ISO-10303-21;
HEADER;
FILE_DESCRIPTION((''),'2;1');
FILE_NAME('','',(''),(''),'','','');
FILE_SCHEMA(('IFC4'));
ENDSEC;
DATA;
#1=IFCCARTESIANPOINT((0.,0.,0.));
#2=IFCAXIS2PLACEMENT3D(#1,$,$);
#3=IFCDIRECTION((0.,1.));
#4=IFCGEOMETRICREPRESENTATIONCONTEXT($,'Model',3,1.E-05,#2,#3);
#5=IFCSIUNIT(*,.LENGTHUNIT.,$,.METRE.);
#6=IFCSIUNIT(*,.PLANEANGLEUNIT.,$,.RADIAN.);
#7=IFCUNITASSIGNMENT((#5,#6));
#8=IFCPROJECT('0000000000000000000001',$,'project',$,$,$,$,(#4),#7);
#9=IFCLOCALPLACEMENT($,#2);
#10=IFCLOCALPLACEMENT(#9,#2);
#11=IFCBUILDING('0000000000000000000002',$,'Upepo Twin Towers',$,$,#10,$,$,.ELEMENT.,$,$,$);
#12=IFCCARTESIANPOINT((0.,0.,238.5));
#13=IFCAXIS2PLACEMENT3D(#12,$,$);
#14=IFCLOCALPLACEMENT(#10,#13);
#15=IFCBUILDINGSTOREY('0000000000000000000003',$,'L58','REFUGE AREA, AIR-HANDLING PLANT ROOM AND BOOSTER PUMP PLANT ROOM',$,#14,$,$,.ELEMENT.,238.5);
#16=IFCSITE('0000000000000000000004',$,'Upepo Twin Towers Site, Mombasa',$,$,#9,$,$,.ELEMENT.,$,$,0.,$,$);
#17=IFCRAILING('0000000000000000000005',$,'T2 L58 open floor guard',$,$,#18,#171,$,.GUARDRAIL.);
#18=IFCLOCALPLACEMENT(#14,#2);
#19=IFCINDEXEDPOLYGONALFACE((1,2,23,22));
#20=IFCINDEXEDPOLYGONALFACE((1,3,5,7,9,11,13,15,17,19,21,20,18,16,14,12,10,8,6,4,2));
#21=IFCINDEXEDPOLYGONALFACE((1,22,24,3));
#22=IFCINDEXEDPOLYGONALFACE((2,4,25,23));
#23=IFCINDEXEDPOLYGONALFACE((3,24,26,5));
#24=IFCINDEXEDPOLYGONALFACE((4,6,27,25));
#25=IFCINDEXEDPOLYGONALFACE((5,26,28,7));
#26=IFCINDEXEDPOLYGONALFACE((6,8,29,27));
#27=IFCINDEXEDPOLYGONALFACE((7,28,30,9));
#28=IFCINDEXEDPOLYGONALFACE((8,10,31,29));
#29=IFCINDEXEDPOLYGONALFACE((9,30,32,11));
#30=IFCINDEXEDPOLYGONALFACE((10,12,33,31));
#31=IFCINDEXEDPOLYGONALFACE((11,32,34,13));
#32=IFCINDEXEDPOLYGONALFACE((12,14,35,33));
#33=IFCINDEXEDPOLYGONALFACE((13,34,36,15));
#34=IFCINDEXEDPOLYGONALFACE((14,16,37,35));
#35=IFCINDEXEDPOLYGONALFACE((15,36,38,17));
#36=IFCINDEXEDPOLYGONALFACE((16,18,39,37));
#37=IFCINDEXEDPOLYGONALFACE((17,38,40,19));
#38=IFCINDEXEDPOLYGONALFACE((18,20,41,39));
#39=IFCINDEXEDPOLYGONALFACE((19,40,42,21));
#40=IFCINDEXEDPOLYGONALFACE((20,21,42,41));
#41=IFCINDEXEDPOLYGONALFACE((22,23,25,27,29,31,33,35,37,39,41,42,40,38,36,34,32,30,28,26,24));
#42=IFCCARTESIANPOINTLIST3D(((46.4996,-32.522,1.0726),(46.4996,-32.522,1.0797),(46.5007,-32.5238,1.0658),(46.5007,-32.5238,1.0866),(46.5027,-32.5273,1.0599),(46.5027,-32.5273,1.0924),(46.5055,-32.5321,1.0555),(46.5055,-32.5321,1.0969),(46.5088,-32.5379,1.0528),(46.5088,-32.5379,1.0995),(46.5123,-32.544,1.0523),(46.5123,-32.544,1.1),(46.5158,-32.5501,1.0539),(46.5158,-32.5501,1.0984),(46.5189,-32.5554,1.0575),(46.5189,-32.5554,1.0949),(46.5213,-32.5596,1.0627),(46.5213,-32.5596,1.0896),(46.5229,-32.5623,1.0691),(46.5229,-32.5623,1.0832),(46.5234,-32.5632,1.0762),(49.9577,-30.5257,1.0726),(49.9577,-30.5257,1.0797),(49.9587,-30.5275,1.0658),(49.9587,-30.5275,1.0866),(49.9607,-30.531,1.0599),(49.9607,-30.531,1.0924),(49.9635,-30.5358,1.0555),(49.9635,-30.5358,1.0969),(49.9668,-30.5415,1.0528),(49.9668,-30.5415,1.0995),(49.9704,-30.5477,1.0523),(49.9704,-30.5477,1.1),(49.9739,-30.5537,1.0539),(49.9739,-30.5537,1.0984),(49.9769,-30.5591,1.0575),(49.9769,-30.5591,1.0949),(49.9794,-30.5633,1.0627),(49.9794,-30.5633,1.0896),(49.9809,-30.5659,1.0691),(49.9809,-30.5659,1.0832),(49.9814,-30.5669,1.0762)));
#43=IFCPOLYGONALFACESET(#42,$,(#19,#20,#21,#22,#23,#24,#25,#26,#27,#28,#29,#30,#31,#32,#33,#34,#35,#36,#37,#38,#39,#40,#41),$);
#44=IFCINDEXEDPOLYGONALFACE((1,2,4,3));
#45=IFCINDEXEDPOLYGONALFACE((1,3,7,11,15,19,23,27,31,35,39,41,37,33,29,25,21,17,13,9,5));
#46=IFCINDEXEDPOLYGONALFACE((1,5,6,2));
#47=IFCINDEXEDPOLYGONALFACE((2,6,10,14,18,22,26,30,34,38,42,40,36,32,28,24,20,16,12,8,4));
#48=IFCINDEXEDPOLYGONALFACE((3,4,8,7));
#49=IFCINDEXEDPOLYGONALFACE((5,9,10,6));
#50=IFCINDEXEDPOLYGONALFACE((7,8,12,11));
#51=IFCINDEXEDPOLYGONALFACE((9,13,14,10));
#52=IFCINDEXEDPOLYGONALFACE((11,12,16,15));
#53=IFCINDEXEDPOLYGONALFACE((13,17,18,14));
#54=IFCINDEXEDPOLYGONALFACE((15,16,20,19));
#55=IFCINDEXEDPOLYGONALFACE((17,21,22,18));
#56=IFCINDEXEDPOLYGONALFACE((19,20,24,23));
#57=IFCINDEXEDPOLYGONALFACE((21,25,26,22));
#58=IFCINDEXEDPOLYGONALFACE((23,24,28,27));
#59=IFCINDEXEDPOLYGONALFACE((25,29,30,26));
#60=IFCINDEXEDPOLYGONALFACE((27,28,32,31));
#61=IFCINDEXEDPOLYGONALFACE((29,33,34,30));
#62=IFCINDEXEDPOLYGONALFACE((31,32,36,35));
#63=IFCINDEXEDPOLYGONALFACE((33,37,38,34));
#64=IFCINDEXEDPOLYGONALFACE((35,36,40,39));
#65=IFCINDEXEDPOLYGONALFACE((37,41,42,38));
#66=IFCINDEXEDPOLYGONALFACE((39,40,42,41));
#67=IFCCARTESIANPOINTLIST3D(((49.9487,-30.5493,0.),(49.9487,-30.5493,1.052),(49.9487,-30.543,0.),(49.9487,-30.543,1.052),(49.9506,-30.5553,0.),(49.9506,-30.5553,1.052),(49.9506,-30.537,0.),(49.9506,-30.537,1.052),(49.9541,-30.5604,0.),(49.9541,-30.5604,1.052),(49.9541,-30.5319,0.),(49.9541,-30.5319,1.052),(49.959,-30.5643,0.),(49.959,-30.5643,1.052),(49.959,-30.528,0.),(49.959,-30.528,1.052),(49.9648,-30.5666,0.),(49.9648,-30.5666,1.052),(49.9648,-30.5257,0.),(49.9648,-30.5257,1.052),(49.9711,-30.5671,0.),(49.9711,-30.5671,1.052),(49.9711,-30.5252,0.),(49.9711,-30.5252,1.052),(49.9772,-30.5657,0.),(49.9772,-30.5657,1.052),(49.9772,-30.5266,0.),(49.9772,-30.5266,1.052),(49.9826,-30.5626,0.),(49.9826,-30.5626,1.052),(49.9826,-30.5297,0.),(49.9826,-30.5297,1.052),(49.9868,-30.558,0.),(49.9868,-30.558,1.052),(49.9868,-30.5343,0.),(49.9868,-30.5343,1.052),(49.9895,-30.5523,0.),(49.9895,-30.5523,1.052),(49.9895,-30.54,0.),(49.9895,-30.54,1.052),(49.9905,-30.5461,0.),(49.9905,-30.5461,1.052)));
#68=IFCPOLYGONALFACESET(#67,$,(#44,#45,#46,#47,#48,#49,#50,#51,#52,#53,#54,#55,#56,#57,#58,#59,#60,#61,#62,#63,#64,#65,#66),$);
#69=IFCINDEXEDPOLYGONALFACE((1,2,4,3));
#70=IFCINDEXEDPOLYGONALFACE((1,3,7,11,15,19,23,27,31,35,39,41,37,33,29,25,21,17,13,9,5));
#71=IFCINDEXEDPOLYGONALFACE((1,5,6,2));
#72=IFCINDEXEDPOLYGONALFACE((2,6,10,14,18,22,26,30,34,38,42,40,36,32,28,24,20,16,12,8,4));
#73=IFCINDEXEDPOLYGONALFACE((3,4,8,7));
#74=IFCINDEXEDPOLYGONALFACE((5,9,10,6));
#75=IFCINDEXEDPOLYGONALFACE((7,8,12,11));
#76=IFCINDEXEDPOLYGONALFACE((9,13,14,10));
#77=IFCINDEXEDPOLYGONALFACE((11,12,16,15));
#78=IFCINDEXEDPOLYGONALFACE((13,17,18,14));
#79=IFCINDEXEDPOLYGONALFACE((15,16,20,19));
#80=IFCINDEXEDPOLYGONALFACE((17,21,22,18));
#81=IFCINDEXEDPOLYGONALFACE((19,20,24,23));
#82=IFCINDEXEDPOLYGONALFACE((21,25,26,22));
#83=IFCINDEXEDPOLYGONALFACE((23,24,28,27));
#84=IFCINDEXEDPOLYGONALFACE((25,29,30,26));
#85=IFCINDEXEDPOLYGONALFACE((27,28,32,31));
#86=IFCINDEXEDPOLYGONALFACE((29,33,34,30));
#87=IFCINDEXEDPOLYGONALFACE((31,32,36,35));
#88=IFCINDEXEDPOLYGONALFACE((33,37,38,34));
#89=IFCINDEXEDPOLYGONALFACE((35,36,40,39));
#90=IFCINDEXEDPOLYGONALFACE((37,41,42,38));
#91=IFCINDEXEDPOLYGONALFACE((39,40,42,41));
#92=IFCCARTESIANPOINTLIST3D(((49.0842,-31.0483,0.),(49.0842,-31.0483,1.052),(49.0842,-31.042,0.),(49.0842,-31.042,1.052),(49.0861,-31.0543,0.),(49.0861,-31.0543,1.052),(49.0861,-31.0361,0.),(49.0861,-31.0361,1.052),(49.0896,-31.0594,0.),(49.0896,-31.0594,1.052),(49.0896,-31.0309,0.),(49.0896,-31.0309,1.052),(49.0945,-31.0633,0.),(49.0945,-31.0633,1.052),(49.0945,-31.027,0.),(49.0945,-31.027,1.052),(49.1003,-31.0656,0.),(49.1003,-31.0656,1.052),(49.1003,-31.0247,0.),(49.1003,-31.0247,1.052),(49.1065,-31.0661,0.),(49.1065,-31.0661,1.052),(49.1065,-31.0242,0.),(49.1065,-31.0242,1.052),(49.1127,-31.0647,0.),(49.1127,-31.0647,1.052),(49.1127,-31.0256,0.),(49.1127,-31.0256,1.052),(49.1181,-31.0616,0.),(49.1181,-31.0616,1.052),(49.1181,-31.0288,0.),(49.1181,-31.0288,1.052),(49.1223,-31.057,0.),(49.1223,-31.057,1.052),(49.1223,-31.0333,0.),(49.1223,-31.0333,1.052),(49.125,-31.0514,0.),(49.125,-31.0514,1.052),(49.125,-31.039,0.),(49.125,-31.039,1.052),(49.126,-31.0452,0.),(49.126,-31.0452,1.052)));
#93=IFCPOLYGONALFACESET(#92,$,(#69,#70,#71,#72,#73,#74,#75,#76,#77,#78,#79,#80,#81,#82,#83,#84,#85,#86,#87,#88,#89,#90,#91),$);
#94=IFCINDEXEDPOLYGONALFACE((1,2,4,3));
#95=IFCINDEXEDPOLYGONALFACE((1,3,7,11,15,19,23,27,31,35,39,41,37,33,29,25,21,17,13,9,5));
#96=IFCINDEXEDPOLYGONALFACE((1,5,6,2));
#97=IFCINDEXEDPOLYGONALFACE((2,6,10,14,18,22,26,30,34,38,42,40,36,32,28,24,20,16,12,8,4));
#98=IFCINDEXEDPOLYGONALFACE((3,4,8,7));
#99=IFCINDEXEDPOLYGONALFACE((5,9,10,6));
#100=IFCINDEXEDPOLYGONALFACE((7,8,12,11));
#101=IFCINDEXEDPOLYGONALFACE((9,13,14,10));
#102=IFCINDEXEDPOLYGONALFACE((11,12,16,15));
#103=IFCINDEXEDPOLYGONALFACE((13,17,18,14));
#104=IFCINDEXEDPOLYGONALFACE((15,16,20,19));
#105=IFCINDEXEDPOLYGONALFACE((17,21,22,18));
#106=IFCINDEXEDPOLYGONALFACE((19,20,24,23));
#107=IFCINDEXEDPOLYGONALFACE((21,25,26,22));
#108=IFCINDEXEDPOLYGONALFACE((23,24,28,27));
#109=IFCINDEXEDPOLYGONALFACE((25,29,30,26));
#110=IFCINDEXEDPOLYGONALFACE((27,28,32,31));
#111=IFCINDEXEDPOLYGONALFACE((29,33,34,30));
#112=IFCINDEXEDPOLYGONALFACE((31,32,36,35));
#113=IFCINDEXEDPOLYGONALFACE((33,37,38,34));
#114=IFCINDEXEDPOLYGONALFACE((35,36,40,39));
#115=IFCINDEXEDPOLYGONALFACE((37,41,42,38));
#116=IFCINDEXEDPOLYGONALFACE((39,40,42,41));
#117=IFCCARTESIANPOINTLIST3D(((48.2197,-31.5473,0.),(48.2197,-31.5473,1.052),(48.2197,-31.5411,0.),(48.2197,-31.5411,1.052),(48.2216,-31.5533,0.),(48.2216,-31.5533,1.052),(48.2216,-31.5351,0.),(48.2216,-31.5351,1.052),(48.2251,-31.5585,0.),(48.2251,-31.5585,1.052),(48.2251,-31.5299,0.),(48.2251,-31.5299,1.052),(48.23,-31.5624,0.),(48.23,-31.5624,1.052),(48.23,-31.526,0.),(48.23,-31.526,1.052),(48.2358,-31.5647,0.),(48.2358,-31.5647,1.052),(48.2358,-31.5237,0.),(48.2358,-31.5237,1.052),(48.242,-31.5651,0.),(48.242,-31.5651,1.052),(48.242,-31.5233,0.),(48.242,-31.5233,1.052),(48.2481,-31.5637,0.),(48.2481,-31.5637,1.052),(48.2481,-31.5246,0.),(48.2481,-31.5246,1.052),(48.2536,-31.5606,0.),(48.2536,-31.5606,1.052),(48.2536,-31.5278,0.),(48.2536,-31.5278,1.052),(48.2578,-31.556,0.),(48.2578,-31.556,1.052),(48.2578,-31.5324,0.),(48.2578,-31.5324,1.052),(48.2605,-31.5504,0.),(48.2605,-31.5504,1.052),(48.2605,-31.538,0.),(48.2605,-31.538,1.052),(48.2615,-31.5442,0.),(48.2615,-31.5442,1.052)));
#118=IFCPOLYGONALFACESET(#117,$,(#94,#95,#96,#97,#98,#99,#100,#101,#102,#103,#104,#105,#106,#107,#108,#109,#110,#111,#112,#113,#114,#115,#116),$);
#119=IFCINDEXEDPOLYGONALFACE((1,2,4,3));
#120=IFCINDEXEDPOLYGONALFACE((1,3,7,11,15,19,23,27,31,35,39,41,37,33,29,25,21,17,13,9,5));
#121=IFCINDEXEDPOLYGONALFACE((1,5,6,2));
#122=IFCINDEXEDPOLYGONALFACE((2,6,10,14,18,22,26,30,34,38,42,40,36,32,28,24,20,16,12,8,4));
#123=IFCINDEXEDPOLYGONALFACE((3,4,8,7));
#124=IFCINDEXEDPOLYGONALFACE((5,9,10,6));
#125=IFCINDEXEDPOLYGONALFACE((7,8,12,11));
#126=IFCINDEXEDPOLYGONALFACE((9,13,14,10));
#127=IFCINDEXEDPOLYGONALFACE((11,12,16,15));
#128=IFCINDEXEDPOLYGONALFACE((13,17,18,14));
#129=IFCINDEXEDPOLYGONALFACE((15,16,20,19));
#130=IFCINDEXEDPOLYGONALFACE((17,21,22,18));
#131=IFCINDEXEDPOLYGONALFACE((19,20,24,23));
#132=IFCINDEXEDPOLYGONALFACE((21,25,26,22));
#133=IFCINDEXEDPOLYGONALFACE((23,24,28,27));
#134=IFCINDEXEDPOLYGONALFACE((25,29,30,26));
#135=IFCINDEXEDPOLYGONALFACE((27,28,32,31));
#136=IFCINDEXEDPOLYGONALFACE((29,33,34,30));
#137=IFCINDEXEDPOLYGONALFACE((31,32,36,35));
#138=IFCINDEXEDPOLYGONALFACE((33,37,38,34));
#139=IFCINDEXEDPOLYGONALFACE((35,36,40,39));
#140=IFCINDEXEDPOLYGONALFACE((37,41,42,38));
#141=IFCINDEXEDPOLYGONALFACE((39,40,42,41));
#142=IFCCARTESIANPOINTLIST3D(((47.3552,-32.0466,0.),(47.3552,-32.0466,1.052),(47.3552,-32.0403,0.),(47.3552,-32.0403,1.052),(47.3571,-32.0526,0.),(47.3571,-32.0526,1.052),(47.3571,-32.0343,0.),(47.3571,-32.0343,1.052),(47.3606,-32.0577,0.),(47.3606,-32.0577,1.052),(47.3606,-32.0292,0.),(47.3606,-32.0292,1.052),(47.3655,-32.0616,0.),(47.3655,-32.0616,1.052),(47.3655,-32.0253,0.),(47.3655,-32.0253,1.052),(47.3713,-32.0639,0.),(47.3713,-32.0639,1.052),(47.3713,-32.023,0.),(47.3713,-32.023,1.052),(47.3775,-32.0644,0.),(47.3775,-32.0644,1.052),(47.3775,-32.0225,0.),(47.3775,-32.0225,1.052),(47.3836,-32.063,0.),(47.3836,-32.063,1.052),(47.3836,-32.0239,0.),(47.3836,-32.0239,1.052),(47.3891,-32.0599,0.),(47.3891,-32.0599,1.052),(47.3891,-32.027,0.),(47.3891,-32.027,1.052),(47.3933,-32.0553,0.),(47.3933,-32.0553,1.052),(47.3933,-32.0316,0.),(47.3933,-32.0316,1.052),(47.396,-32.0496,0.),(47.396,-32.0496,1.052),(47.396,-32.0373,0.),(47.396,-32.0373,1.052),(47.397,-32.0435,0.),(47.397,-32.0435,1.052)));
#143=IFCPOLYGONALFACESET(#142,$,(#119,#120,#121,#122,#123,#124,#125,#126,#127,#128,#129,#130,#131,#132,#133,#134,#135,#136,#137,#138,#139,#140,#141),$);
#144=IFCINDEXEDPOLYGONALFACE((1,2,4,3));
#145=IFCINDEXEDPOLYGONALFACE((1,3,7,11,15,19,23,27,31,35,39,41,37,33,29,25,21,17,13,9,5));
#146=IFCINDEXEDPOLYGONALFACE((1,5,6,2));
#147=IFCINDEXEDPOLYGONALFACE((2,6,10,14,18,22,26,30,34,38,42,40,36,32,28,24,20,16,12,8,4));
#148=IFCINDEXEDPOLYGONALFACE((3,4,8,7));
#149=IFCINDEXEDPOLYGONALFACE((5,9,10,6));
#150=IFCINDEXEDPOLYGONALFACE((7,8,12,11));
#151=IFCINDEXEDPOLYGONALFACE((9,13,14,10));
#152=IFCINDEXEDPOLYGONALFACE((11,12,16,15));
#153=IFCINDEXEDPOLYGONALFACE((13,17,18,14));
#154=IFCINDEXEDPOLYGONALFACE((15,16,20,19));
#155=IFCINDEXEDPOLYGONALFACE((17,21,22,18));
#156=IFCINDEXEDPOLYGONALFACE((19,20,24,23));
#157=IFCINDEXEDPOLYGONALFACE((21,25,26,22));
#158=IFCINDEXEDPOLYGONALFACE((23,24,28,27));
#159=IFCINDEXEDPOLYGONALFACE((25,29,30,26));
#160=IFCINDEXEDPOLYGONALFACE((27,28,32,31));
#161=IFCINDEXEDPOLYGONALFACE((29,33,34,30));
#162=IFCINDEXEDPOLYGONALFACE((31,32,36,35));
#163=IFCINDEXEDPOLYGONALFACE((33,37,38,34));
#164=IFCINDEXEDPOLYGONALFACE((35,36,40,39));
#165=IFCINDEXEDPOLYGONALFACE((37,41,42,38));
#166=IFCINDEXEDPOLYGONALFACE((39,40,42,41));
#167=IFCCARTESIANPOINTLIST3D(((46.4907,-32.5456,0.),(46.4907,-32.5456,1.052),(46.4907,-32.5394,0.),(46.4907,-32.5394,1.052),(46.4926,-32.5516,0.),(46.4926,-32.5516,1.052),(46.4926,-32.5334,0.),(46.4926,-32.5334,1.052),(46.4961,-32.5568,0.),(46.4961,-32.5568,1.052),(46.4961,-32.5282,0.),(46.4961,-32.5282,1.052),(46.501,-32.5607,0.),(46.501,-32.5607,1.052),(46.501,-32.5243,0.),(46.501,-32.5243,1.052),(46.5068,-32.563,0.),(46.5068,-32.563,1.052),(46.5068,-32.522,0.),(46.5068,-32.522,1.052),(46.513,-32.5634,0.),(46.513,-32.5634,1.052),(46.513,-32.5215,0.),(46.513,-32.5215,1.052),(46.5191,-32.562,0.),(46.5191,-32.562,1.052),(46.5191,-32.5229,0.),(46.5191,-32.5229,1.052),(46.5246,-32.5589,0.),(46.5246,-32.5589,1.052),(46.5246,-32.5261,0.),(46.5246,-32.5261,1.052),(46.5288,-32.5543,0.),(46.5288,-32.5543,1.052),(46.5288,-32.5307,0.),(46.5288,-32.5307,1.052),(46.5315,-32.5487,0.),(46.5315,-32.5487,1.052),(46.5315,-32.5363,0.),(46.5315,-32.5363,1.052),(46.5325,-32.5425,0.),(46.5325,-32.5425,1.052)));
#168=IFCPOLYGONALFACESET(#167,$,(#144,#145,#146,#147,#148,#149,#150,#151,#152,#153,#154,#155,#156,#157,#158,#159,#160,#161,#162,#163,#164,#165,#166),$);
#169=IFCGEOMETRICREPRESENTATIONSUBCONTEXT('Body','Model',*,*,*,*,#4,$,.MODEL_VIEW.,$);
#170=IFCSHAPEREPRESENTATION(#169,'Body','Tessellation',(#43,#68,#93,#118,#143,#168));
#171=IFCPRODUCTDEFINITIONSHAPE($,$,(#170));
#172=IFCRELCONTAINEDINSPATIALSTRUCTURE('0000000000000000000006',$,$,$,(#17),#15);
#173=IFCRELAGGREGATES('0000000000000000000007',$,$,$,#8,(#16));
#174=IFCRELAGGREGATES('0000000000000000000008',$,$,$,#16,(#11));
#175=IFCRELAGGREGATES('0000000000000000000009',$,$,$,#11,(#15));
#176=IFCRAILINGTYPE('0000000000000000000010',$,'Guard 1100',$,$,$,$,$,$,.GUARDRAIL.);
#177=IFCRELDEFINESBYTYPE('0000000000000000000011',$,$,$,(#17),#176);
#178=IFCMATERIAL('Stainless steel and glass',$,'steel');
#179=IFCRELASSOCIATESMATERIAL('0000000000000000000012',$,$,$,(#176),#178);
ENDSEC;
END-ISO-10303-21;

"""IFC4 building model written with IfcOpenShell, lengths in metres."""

from ifc_helpers import new_model, si_unit, direction, frame, origin, origin_2d, place, context, subcontext, project, spatial, circle, extrude, material, type_object, element, save


model = new_model("IFC4")

# Units and contexts
model_context = context("Model", 3, precision=1e-05, world=origin(), true_north=direction((0.0, 1.0)))
body_context = subcontext(model_context, "Body", "Model", "MODEL_VIEW")
ifc_project = project(units=[si_unit("LENGTHUNIT", "METRE"), si_unit("PLANEANGLEUNIT", "RADIAN")], contexts=[model_context])

# Site, building, storey
site_placement = place(None, origin())
site = spatial("IfcSite", under=ifc_project, at=site_placement, Name="Upepo Twin Towers Site, Mombasa", CompositionType="ELEMENT", RefElevation=0.0)
building_placement = place(site_placement, origin())
building = spatial("IfcBuilding", under=site, at=building_placement, Name="Upepo Twin Towers", CompositionType="ELEMENT")
storey_placement = place(building_placement, frame((0.0, 0.0, 238.5)))
storey = spatial("IfcBuildingStorey", under=building, at=storey_placement, Name="L58", Description="REFUGE AREA, AIR-HANDLING PLANT ROOM AND BOOSTER PUMP PLANT ROOM", CompositionType="ELEMENT", Elevation=238.5)

# Railing
ifc_material_1 = material(Name="Stainless steel and glass", Category="steel")
railing_type = type_object("IfcRailingType", Name="Guard 1100", PredefinedType="GUARDRAIL", material=ifc_material_1)
railing_1_placement = place(storey_placement, frame((49.9695, -30.5461, 0.0)))
element("IfcRailing", 1, at=railing_1_placement, inside=storey, type_object=railing_type, Name="T2 L58 open floor guard", PredefinedType="GUARDRAIL", context=body_context, shape_type="SweptSolid", body=[
    extrude(circle(Radius=0.0239, at=origin_2d()), frame((0.0, 0.0, 1.0762), z_axis=(-0.866041, -0.499973, 0.0), x_axis=(0.499973, -0.866041, 0.0)), (0.0, 0.0, 1.0), 3.9929),
    extrude(circle(Radius=0.021, at=origin_2d()), origin(), (0.0, 0.0, 1.0), 1.052),
    extrude(circle(Radius=0.021, at=origin_2d()), frame((-0.8645, -0.499, 0.0)), (0.0, 0.0, 1.0), 1.052),
    extrude(circle(Radius=0.021, at=origin_2d()), frame((-1.729, -0.998, 0.0)), (0.0, 0.0, 1.0), 1.052),
    extrude(circle(Radius=0.021, at=origin_2d()), frame((-2.5935, -1.4973, 0.0)), (0.0, 0.0, 1.0), 1.052),
    extrude(circle(Radius=0.021, at=origin_2d()), frame((-3.458, -1.9963, 0.0)), (0.0, 0.0, 1.0), 1.052),
])

save(model, "model.ifc")
